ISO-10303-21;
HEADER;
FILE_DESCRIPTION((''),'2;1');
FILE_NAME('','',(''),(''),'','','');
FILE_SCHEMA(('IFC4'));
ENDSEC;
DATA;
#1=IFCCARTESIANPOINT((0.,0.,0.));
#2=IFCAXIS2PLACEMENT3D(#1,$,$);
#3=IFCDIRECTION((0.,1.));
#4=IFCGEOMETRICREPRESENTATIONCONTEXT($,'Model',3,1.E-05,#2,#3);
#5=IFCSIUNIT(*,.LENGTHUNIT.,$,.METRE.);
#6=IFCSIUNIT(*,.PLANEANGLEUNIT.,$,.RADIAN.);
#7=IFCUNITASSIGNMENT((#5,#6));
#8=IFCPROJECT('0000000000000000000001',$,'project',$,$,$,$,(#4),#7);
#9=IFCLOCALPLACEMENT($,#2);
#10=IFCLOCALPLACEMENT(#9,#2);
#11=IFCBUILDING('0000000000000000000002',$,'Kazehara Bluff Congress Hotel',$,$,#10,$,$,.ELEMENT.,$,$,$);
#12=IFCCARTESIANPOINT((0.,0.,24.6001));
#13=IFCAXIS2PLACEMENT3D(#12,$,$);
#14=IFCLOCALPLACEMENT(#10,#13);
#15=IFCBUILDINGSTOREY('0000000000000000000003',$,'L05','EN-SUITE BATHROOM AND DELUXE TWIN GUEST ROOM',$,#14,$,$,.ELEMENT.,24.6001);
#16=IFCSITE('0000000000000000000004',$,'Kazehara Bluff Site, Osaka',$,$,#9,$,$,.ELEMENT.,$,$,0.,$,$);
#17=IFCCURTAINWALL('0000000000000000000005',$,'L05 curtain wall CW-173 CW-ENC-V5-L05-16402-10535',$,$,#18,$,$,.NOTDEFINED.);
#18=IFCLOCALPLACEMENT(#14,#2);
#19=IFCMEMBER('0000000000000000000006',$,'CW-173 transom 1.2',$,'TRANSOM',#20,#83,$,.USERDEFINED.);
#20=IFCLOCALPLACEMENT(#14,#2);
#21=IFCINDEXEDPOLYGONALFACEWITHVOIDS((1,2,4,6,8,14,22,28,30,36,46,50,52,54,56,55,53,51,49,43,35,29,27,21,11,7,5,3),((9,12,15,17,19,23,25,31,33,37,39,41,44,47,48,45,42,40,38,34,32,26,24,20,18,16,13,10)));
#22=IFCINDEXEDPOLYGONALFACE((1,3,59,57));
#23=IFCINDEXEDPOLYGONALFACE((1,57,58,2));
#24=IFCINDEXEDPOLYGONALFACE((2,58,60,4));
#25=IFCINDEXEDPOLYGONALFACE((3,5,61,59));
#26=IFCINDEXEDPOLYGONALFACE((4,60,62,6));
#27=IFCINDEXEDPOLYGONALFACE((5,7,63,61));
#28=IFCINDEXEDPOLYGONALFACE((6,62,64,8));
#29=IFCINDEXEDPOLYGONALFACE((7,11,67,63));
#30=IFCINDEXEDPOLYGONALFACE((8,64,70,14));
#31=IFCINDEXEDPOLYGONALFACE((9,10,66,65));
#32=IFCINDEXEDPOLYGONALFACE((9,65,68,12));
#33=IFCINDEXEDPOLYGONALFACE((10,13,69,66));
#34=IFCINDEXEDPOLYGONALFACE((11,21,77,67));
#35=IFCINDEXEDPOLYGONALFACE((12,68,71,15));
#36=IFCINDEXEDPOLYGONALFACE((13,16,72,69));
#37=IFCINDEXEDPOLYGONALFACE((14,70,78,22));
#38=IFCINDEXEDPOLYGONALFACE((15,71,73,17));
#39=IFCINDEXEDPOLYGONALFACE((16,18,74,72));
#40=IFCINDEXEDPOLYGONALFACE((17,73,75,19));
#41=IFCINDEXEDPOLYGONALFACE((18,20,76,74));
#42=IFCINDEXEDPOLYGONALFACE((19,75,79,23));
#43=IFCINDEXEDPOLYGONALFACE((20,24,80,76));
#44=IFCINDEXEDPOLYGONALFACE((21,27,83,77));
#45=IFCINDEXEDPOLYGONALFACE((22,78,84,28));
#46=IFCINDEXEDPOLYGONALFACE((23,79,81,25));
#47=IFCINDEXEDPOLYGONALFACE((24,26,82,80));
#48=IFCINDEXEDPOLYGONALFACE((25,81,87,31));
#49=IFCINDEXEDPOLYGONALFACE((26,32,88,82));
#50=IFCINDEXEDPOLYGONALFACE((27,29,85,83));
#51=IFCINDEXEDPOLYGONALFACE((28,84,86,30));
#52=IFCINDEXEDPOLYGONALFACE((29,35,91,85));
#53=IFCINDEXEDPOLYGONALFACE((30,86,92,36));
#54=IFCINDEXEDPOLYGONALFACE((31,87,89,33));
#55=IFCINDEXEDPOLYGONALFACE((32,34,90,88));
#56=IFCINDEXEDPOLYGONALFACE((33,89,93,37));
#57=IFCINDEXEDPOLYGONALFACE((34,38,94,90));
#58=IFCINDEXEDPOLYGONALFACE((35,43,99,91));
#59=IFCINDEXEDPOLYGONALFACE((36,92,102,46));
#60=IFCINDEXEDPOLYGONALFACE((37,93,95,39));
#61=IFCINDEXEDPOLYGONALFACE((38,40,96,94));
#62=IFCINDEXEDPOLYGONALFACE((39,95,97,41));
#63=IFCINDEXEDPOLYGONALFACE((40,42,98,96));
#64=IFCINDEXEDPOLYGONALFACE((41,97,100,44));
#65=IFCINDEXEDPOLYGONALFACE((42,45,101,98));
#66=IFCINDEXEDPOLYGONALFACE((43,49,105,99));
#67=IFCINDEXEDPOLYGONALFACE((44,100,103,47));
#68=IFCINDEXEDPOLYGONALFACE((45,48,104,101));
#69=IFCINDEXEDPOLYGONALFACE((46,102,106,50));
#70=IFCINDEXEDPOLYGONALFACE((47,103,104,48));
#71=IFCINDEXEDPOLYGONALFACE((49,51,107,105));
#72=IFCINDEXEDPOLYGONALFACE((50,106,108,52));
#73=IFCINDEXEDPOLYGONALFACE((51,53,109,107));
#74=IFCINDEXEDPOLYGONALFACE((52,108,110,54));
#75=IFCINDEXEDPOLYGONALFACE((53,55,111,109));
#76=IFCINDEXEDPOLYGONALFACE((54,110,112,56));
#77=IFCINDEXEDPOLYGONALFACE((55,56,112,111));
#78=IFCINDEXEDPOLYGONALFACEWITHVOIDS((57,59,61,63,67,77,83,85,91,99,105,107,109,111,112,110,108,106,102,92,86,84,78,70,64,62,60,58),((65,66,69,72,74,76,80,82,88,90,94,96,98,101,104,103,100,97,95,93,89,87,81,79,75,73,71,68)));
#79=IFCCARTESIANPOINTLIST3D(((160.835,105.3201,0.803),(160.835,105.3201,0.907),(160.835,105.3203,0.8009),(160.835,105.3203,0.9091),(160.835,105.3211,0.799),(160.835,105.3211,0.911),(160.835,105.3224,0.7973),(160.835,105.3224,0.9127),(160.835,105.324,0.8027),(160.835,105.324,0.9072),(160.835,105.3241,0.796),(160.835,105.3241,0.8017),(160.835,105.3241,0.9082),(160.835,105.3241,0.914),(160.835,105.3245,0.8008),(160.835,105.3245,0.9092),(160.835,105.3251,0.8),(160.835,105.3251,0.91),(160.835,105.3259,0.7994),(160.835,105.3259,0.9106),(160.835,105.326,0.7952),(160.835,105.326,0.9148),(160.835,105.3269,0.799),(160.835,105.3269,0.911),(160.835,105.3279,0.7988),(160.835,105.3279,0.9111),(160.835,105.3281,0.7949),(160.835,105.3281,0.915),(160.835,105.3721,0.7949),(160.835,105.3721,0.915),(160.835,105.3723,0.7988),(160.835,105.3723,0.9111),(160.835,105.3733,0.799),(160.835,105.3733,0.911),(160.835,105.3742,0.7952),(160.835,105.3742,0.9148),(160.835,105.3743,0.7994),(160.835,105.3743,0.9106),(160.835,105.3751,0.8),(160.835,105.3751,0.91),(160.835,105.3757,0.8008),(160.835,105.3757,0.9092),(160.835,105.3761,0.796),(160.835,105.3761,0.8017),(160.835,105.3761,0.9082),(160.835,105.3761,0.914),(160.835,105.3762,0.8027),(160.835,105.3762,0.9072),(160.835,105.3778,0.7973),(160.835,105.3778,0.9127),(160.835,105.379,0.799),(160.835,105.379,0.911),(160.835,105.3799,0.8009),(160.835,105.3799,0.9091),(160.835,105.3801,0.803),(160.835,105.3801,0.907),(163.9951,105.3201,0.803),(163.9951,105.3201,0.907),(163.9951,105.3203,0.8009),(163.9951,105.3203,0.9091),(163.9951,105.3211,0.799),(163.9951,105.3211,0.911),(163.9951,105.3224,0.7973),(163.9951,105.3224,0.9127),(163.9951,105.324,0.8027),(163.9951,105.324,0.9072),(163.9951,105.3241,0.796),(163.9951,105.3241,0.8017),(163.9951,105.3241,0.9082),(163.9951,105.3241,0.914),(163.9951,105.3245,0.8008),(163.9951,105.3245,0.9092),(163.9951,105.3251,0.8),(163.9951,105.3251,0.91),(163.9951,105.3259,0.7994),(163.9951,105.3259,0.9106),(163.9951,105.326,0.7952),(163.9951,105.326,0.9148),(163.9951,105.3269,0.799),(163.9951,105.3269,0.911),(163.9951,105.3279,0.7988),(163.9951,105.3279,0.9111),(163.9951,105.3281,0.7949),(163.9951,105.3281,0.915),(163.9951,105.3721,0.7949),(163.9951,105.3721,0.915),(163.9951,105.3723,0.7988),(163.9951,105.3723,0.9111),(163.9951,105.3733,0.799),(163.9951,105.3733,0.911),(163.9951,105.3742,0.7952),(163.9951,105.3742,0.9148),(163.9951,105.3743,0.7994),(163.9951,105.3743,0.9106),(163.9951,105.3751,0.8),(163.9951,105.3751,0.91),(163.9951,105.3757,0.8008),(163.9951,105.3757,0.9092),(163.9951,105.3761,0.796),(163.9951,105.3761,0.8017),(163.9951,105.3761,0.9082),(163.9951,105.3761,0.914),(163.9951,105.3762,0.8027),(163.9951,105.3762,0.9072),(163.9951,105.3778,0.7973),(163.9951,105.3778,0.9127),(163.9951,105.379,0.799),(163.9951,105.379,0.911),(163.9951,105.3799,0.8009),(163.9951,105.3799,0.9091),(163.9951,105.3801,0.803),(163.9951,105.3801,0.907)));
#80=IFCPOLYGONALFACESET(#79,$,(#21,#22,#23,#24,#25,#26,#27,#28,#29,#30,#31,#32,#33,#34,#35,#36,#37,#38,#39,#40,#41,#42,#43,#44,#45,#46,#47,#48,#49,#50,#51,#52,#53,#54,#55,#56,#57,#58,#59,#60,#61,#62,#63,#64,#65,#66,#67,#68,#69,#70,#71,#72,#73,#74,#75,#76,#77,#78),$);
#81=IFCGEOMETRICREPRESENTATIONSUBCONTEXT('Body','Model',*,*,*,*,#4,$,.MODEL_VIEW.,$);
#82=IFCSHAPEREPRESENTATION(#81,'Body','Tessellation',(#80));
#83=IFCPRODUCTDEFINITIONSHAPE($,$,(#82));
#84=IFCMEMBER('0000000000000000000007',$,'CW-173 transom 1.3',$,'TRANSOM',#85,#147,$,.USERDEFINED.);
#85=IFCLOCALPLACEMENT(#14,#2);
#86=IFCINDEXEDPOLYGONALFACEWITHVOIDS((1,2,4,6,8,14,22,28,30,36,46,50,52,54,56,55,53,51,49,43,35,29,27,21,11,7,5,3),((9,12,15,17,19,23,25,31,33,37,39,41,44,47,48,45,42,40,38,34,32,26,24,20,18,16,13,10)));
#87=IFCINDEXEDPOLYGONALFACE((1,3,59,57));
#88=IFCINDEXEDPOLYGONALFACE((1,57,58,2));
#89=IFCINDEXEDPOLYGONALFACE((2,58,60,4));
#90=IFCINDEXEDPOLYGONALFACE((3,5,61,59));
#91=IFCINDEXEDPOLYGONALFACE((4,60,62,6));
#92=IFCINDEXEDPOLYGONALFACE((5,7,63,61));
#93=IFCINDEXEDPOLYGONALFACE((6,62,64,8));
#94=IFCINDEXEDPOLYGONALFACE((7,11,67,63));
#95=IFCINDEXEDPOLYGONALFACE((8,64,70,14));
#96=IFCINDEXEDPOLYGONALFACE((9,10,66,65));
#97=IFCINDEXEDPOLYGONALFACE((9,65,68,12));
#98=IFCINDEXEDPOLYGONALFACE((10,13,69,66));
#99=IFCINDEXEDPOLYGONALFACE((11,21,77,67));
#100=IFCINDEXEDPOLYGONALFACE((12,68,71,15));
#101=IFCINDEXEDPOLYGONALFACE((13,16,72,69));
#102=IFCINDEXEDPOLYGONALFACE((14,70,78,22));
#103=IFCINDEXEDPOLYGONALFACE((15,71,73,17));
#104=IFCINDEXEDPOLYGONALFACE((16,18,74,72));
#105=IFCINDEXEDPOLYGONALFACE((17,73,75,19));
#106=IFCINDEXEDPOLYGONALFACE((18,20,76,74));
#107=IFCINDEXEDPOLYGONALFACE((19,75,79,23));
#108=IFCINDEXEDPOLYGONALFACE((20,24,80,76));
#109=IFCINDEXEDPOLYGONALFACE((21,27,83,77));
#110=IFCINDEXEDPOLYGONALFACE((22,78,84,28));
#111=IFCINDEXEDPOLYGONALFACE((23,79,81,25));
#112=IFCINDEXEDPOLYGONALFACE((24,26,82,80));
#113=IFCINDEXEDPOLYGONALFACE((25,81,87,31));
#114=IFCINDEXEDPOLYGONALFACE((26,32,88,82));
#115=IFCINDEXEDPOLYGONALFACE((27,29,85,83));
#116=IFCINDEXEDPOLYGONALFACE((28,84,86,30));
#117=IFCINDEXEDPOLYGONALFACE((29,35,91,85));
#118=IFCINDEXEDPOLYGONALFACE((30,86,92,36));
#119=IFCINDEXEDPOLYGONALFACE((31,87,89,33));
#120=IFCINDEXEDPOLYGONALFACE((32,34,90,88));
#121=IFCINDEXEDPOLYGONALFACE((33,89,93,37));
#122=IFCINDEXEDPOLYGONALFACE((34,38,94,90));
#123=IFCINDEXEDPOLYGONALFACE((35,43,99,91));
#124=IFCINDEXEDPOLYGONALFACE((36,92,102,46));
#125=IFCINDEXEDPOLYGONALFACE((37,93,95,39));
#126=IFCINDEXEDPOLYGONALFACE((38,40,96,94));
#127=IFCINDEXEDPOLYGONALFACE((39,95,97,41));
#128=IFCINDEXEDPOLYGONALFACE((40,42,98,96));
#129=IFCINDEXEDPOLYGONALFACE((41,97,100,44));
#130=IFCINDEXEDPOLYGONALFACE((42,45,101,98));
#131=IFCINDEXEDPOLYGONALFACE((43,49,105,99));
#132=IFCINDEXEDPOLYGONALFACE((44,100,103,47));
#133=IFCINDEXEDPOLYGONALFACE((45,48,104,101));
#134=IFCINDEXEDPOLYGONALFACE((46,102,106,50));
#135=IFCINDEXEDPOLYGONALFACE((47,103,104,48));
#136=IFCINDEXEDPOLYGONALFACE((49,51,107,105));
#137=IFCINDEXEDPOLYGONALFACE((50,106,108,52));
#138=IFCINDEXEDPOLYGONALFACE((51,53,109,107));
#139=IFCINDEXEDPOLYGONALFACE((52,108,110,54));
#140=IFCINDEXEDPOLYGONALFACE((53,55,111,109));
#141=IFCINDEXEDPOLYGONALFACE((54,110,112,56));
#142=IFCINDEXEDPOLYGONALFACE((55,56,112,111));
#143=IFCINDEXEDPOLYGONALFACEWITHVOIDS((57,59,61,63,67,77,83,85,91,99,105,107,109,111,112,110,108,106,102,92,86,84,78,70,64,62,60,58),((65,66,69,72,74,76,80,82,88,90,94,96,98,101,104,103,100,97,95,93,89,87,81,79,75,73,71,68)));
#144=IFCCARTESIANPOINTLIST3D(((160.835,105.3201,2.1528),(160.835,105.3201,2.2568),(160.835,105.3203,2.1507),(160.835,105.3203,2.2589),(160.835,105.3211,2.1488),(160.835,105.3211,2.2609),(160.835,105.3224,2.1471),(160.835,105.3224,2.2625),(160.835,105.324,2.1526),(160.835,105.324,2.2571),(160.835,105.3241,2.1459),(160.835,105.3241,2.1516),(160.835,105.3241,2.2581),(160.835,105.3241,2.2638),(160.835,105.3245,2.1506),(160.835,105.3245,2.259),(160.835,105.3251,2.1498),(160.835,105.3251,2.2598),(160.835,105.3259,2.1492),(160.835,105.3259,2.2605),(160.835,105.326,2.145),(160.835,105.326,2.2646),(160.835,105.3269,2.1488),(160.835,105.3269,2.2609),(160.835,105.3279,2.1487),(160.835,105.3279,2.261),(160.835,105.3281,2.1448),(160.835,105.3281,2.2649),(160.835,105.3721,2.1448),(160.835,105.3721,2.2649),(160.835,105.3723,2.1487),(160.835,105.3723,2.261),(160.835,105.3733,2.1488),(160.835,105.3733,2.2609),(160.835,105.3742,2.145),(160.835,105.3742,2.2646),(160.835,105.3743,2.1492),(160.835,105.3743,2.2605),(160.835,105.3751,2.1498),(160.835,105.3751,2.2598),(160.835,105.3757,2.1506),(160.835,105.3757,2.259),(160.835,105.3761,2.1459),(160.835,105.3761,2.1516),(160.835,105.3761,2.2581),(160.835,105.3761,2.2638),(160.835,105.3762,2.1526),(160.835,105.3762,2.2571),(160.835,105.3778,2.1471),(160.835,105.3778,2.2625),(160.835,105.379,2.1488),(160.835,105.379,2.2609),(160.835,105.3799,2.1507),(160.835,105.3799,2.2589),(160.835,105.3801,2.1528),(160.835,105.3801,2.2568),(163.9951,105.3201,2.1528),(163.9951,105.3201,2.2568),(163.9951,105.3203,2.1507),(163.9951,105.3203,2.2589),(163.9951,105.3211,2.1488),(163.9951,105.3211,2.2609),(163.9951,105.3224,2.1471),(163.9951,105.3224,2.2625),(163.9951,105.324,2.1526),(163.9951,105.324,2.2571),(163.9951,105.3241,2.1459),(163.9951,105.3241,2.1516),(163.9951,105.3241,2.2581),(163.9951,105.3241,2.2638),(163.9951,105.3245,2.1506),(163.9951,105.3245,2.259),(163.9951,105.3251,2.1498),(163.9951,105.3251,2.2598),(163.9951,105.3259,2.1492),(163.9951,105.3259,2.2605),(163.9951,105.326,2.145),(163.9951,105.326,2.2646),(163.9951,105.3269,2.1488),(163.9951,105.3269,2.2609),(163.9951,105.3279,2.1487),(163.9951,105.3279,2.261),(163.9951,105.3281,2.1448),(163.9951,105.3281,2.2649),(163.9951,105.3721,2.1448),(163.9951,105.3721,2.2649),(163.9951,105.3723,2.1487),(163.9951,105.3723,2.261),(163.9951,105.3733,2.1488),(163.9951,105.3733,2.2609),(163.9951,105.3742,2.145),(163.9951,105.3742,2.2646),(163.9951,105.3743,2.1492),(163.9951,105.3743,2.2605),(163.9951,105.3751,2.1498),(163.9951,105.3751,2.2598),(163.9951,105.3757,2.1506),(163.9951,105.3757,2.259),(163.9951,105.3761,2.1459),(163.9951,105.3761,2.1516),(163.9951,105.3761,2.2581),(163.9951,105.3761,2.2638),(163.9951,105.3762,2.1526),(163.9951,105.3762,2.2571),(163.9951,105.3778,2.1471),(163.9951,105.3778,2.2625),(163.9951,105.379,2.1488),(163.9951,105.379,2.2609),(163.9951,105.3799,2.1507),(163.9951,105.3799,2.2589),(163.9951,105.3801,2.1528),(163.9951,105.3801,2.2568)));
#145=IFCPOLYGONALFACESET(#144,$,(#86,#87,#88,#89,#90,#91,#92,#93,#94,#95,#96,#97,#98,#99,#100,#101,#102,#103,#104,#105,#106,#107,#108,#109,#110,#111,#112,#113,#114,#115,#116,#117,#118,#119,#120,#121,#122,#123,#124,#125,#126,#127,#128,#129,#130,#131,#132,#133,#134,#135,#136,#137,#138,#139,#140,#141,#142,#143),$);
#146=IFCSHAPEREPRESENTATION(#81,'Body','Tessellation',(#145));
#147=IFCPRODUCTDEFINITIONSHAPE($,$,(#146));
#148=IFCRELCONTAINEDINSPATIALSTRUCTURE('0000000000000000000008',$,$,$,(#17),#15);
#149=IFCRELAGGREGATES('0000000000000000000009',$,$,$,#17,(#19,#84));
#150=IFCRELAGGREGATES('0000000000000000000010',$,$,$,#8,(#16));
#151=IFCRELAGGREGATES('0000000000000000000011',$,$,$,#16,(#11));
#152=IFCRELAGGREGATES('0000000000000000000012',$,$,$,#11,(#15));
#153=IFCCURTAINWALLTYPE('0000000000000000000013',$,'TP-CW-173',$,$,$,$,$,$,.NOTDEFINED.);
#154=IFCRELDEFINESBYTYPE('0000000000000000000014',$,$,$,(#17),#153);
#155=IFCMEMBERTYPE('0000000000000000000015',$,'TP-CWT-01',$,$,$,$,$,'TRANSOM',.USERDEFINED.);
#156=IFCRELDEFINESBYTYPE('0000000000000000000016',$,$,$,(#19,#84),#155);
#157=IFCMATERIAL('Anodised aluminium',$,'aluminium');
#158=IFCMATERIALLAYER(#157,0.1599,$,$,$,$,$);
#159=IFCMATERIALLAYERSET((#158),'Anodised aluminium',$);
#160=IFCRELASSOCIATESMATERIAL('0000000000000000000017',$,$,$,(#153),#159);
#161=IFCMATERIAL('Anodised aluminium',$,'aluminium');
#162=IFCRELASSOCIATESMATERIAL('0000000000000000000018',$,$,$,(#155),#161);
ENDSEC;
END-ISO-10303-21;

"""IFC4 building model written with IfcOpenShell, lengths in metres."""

from ifc_helpers import new_model, si_unit, direction, frame, origin, origin_2d, place, context, subcontext, project, spatial, hollow_rectangle, extrude, material, layer, layer_set, material_profile, profile_set, type_object, element, aggregate, save


model = new_model("IFC4")

# Units and contexts
model_context = context("Model", 3, precision=1e-05, world=origin(), true_north=direction((0.0, 1.0)))
body_context = subcontext(model_context, "Body", "Model", "MODEL_VIEW")
ifc_project = project(units=[si_unit("LENGTHUNIT", "METRE"), si_unit("PLANEANGLEUNIT", "RADIAN")], contexts=[model_context])

# Site, building, storey
site_placement = place(None, origin())
site = spatial("IfcSite", under=ifc_project, at=site_placement, Name="Kazehara Bluff Site, Osaka", CompositionType="ELEMENT", RefElevation=0.0)
building_placement = place(site_placement, origin())
building = spatial("IfcBuilding", under=site, at=building_placement, Name="Kazehara Bluff Congress Hotel", CompositionType="ELEMENT")
storey_placement = place(building_placement, frame((0.0, 0.0, 24.6001)))
storey = spatial("IfcBuildingStorey", under=building, at=storey_placement, Name="L05", Description="EN-SUITE BATHROOM AND DELUXE TWIN GUEST ROOM", CompositionType="ELEMENT", Elevation=24.6001)

# Curtain wall
ifc_material_1 = material(Name="Anodised aluminium", Category="aluminium")
ifc_layer_1 = layer(ifc_material_1, 0.1599)
ifc_layer_set_1 = layer_set([ifc_layer_1], Name="Anodised aluminium")
curtain_wall_type_1 = type_object("IfcCurtainWallType", Name="TP-CW-173", PredefinedType="NOTDEFINED", material=ifc_layer_set_1)
curtain_wall_1_placement = place(storey_placement, origin())
curtain_wall_1 = element("IfcCurtainWall", 1, at=curtain_wall_1_placement, inside=storey, type_object=curtain_wall_type_1, Name="L05 curtain wall CW-173 CW-ENC-V5-L05-16402-10535", PredefinedType="NOTDEFINED")

# Members
ifc_material_2 = material(Name="Anodised aluminium", Category="aluminium")
ifc_material_profile_1 = material_profile(ifc_material_2, hollow_rectangle(XDim=0.0601, YDim=0.1201, WallThickness=0.0039, InnerFilletRadius=0.0039, OuterFilletRadius=0.0081, at=origin_2d()))
ifc_profile_set_1 = profile_set([ifc_material_profile_1], Name="Anodised aluminium")
member_type_1 = type_object("IfcMemberType", Name="TP-CWT-01", ElementType="TRANSOM", PredefinedType="USERDEFINED", material=ifc_profile_set_1)
member_1_placement = place(storey_placement, frame((160.835, 105.3501, 0.855), z_axis=(1.0, 0.0, 0.0), x_axis=(0.0, 1.0, 0.0)))
member_1 = element("IfcMember", 2, at=member_1_placement, type_object=member_type_1, Name="CW-173 transom 1.2", ObjectType="TRANSOM", PredefinedType="USERDEFINED", context=body_context, shape_type="SweptSolid", body=[
    extrude(hollow_rectangle(XDim=0.0601, YDim=0.1201, WallThickness=0.0039, InnerFilletRadius=0.0039, OuterFilletRadius=0.0081, at=origin_2d()), origin(), (0.0, 0.0, 1.0), 3.1602),
])
member_2_placement = place(storey_placement, frame((160.835, 105.3501, 2.2048), z_axis=(1.0, 0.0, 0.0), x_axis=(0.0, 1.0, 0.0)))
member_2 = element("IfcMember", 3, at=member_2_placement, type_object=member_type_1, Name="CW-173 transom 1.3", ObjectType="TRANSOM", PredefinedType="USERDEFINED", context=body_context, shape_type="SweptSolid", body=[
    extrude(hollow_rectangle(XDim=0.0601, YDim=0.1201, WallThickness=0.0039, InnerFilletRadius=0.0039, OuterFilletRadius=0.0081, at=origin_2d()), origin(), (0.0, 0.0, 1.0), 3.1602),
])

aggregate(curtain_wall_1, [member_1, member_2])

save(model, "model.ifc")
